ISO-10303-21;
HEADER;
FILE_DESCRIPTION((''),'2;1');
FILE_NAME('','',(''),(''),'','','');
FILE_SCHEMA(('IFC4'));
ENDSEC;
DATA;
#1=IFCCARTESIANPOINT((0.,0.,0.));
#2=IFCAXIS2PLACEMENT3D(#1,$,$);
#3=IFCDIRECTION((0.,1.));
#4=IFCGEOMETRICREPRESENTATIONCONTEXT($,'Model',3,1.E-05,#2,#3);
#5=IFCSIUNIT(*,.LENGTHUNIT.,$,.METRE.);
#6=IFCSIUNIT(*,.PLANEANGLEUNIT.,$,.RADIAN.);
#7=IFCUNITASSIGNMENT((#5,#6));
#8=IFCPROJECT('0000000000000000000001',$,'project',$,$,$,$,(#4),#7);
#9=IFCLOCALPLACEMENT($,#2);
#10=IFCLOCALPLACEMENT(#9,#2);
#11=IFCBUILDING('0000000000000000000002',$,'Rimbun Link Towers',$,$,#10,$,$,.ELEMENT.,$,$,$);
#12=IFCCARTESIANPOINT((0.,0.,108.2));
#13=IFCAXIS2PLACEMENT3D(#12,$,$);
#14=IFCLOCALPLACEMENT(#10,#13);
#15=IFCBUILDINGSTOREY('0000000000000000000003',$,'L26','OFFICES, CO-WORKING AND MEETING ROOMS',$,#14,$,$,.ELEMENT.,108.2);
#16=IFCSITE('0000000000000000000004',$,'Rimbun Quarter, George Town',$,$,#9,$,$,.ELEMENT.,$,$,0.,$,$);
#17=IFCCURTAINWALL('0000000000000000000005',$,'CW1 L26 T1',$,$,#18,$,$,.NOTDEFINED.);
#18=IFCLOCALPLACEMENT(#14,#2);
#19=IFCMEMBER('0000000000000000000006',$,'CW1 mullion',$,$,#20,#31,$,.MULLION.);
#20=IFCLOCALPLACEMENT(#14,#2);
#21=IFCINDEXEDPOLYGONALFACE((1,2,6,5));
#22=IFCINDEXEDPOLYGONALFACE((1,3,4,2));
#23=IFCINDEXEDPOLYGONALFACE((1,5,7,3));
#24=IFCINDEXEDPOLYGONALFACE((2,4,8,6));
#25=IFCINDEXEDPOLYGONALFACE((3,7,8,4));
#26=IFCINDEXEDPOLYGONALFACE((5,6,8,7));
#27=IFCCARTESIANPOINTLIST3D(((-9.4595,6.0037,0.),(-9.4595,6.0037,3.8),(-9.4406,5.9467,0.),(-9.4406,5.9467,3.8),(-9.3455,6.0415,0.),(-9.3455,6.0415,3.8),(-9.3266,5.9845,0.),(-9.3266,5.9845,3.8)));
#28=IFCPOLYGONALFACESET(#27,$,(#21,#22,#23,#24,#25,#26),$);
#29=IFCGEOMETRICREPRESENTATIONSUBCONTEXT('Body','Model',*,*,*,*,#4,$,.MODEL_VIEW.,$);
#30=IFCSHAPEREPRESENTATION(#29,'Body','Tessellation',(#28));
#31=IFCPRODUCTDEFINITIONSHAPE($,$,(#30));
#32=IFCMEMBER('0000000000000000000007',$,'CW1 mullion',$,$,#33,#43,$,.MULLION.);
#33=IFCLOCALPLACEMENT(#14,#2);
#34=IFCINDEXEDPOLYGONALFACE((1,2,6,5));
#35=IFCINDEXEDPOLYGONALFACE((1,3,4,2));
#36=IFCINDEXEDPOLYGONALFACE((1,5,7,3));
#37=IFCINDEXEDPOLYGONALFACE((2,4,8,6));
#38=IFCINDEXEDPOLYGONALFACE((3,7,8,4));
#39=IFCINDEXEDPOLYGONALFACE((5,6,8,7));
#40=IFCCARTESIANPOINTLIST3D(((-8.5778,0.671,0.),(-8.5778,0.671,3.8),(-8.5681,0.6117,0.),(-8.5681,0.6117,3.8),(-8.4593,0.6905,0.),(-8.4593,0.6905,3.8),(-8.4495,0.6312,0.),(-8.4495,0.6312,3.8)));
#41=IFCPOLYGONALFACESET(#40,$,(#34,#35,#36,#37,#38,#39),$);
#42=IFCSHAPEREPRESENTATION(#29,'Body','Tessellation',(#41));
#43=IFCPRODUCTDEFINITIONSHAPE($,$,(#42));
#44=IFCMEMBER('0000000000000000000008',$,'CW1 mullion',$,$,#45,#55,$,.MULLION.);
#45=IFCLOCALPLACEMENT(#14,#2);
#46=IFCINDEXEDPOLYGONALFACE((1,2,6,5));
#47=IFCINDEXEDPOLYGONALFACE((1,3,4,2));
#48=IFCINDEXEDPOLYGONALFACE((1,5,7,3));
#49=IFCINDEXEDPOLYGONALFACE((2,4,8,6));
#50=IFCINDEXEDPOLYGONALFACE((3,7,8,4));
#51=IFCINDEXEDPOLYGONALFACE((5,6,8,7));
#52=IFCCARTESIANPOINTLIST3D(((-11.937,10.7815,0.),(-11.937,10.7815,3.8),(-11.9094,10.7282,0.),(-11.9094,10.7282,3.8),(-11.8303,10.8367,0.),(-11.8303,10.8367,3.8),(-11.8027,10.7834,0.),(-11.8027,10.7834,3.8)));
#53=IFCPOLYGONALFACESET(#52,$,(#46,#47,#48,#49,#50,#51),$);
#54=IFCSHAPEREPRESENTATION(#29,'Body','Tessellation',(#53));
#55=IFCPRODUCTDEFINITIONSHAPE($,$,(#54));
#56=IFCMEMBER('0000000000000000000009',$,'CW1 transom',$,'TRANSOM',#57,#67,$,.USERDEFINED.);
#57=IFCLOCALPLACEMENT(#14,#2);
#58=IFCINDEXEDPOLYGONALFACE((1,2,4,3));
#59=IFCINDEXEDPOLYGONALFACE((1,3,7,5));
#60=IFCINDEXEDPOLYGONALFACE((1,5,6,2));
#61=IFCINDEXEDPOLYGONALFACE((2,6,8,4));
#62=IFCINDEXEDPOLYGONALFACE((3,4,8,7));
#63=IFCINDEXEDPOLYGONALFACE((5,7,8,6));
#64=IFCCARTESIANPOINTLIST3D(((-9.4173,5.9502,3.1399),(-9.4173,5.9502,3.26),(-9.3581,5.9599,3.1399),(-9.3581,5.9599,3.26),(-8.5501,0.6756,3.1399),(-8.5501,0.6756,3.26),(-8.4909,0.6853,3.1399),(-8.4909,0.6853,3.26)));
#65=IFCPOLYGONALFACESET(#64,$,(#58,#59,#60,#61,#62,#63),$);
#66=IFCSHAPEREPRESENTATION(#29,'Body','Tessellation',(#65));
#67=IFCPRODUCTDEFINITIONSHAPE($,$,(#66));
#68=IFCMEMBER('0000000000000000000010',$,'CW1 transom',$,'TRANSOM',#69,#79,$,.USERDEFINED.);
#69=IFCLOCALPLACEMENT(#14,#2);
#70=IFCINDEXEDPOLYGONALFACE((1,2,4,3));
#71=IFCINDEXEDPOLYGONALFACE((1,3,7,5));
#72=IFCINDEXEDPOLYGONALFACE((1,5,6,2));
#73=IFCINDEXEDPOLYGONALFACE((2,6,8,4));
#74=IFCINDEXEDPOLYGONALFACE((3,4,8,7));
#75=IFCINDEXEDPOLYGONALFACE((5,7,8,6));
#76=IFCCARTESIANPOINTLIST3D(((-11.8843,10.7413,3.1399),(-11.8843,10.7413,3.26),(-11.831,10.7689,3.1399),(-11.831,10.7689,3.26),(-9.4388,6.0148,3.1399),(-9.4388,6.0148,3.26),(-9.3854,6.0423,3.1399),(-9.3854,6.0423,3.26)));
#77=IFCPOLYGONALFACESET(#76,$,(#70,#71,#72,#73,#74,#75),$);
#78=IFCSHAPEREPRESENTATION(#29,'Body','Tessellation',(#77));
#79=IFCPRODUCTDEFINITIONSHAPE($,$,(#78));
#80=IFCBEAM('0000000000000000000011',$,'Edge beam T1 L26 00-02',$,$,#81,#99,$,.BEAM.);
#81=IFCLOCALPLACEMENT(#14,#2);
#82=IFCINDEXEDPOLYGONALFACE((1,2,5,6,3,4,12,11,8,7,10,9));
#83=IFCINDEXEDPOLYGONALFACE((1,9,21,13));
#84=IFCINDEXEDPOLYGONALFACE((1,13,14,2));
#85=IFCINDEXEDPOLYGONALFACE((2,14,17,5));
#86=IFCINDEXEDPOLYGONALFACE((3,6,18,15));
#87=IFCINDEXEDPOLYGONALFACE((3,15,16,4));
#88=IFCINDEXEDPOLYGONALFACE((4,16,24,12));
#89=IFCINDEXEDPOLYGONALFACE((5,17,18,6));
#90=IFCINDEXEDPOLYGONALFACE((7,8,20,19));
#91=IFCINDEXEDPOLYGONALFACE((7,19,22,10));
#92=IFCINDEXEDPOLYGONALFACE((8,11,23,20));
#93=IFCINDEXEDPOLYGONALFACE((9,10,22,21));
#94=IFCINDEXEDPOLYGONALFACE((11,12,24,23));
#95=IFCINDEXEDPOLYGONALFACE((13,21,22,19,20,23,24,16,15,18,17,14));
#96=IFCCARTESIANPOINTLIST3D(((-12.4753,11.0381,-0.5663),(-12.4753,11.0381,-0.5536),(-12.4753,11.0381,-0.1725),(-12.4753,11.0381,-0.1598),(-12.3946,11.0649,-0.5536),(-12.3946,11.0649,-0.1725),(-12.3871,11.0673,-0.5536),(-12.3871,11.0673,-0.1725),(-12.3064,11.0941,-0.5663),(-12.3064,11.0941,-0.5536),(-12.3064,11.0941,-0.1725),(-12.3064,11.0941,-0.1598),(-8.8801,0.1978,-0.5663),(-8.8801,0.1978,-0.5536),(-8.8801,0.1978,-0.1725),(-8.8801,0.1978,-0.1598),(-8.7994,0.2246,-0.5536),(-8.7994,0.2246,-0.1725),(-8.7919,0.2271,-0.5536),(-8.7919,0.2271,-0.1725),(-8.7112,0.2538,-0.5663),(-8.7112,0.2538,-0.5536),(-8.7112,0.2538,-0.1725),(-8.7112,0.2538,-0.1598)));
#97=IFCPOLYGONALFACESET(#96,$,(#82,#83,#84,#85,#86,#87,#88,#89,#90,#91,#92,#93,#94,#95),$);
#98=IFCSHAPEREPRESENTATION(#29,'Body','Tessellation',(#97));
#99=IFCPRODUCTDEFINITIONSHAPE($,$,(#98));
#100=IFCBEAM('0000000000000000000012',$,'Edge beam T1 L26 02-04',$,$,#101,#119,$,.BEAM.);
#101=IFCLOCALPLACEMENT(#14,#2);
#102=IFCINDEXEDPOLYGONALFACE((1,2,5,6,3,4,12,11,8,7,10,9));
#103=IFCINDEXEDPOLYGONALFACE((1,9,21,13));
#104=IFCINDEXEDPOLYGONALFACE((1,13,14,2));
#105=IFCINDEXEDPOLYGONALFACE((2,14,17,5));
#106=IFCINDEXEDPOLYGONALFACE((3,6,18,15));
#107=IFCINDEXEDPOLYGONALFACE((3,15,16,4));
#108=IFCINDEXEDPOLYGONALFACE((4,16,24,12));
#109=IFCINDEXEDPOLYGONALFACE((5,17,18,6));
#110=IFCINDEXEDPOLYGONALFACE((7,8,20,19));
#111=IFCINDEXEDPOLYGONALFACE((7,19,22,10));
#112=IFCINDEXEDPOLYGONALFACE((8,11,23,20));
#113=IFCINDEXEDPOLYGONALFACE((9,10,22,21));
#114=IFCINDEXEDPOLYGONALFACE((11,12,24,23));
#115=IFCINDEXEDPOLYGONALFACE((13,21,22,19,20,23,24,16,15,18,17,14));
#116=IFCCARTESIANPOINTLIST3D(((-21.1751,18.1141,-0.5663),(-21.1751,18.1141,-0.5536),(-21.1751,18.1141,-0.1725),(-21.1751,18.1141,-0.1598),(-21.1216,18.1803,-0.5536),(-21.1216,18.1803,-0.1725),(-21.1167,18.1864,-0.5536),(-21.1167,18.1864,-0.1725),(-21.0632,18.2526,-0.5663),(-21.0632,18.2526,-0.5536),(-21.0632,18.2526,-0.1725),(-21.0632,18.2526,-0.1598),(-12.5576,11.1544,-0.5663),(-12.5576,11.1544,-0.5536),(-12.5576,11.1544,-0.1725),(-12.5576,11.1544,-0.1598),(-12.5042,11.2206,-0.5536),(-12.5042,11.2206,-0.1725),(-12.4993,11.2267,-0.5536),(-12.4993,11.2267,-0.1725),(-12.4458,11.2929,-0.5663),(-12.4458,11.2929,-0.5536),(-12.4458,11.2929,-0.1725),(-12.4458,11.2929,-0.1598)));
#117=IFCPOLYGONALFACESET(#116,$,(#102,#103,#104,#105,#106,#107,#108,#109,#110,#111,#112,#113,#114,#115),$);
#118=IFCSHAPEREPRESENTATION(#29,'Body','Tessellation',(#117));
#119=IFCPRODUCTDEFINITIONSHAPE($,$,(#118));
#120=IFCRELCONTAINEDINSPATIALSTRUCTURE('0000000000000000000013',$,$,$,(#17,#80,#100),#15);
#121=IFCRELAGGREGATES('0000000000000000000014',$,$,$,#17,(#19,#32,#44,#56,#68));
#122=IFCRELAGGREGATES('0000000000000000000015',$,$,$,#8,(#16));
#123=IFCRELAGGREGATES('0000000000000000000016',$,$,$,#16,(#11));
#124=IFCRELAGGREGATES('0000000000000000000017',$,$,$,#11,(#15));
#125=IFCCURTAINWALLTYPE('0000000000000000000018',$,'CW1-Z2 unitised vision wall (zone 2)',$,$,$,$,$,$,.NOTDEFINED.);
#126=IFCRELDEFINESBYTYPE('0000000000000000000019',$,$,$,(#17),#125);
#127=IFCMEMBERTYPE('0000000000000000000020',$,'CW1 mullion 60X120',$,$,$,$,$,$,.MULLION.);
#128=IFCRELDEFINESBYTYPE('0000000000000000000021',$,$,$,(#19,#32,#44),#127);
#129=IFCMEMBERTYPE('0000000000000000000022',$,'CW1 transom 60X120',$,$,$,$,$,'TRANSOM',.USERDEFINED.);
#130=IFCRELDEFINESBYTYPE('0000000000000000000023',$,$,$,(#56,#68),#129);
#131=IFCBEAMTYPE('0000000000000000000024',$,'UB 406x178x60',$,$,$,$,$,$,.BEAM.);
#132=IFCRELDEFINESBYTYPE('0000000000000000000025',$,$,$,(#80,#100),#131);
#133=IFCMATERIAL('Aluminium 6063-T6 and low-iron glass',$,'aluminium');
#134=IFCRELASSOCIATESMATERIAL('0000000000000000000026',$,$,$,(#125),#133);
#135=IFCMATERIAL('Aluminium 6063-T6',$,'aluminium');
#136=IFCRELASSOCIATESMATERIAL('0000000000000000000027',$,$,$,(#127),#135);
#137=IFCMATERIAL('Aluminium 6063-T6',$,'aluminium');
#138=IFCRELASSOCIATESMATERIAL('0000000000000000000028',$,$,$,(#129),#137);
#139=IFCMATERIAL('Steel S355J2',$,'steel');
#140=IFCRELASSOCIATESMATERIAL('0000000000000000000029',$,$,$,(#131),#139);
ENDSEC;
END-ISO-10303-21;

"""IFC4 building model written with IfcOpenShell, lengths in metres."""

from ifc_helpers import new_model, si_unit, direction, frame, origin, origin_2d, place, context, subcontext, project, spatial, rectangle, i_section, extrude, material, material_profile, profile_set, type_object, element, aggregate, save


model = new_model("IFC4")

# Units and contexts
model_context = context("Model", 3, precision=1e-05, world=origin(), true_north=direction((0.0, 1.0)))
body_context = subcontext(model_context, "Body", "Model", "MODEL_VIEW")
ifc_project = project(units=[si_unit("LENGTHUNIT", "METRE"), si_unit("PLANEANGLEUNIT", "RADIAN")], contexts=[model_context])

# Site, building, storey
site_placement = place(None, origin())
site = spatial("IfcSite", under=ifc_project, at=site_placement, Name="Rimbun Quarter, George Town", CompositionType="ELEMENT", RefElevation=0.0)
building_placement = place(site_placement, origin())
building = spatial("IfcBuilding", under=site, at=building_placement, Name="Rimbun Link Towers", CompositionType="ELEMENT")
storey_placement = place(building_placement, frame((0.0, 0.0, 108.2)))
storey = spatial("IfcBuildingStorey", under=building, at=storey_placement, Name="L26", Description="OFFICES, CO-WORKING AND MEETING ROOMS", CompositionType="ELEMENT", Elevation=108.2)

# Curtain wall, members
ifc_material_1 = material(Name="Aluminium 6063-T6 and low-iron glass", Category="aluminium")
curtain_wall_type = type_object("IfcCurtainWallType", Name="CW1-Z2 unitised vision wall (zone 2)", PredefinedType="NOTDEFINED", material=ifc_material_1)
curtain_wall_placement = place(storey_placement, origin())
curtain_wall = element("IfcCurtainWall", 1, at=curtain_wall_placement, inside=storey, type_object=curtain_wall_type, Name="CW1 L26 T1", PredefinedType="NOTDEFINED")
ifc_material_2 = material(Name="Aluminium 6063-T6", Category="aluminium")
ifc_material_profile_1 = material_profile(ifc_material_2, rectangle(XDim=0.1201, YDim=0.0601, at=origin_2d()), Name="MULLION 60X120")
ifc_profile_set_1 = profile_set([ifc_material_profile_1], Name="Aluminium 6063-T6")
member_type_1 = type_object("IfcMemberType", Name="CW1 mullion 60X120", PredefinedType="MULLION", material=ifc_profile_set_1)
member_1_placement = place(storey_placement, frame((-9.3931, 5.9941, 0.0), z_axis=(0.0, 0.0, 1.0), x_axis=(0.949163, 0.314786, 0.0)))
member_1 = element("IfcMember", 2, at=member_1_placement, type_object=member_type_1, Name="CW1 mullion", PredefinedType="MULLION", context=body_context, shape_type="SweptSolid", body=[
    extrude(rectangle(XDim=0.1201, YDim=0.0601, at=origin_2d()), origin(), (0.0, 0.0, 1.0), 3.8),
])
member_2_placement = place(storey_placement, frame((-8.5137, 0.6511, 0.0), z_axis=(0.0, 0.0, 1.0), x_axis=(0.98675, 0.162248, 0.0)))
member_2 = element("IfcMember", 3, at=member_2_placement, type_object=member_type_1, Name="CW1 mullion", PredefinedType="MULLION", context=body_context, shape_type="SweptSolid", body=[
    extrude(rectangle(XDim=0.1201, YDim=0.0601, at=origin_2d()), origin(), (0.0, 0.0, 1.0), 3.8),
])
member_3_placement = place(storey_placement, frame((-11.8699, 10.7825, 0.0), z_axis=(0.0, 0.0, 1.0), x_axis=(0.888149, 0.459555, 0.0)))
member_3 = element("IfcMember", 4, at=member_3_placement, type_object=member_type_1, Name="CW1 mullion", PredefinedType="MULLION", context=body_context, shape_type="SweptSolid", body=[
    extrude(rectangle(XDim=0.1201, YDim=0.0601, at=origin_2d()), origin(), (0.0, 0.0, 1.0), 3.8),
])
ifc_material_3 = material(Name="Aluminium 6063-T6", Category="aluminium")
ifc_material_profile_2 = material_profile(ifc_material_3, rectangle(XDim=0.0601, YDim=0.1201, at=origin_2d()), Name="TRANSOM 60X120")
ifc_profile_set_2 = profile_set([ifc_material_profile_2], Name="Aluminium 6063-T6")
member_type_2 = type_object("IfcMemberType", Name="CW1 transom 60X120", ElementType="TRANSOM", PredefinedType="USERDEFINED", material=ifc_profile_set_2)
member_4_placement = place(storey_placement, frame((-9.3877, 5.9551, 3.2), z_axis=(0.162229, -0.986753, 0.0), x_axis=(0.986753, 0.162229, 0.0)))
member_4 = element("IfcMember", 5, at=member_4_placement, type_object=member_type_2, Name="CW1 transom", ObjectType="TRANSOM", PredefinedType="USERDEFINED", context=body_context, shape_type="SweptSolid", body=[
    extrude(rectangle(XDim=0.0601, YDim=0.1201, at=origin_2d()), origin(), (0.0, 0.0, 1.0), 5.3455),
])
member_5_placement = place(storey_placement, frame((-11.8577, 10.7551, 3.2), z_axis=(0.459539, -0.888158, 0.0), x_axis=(0.888158, 0.459539, 0.0)))
member_5 = element("IfcMember", 6, at=member_5_placement, type_object=member_type_2, Name="CW1 transom", ObjectType="TRANSOM", PredefinedType="USERDEFINED", context=body_context, shape_type="SweptSolid", body=[
    extrude(rectangle(XDim=0.0601, YDim=0.1201, at=origin_2d()), origin(), (0.0, 0.0, 1.0), 5.3218),
])

# Beams
ifc_material_4 = material(Name="Steel S355J2", Category="steel")
ifc_material_profile_3 = material_profile(ifc_material_4, i_section(OverallWidth=0.178, OverallDepth=0.4065, WebThickness=0.0078, FlangeThickness=0.0127, at=origin_2d()), Name="UB 406x178x60")
ifc_profile_set_3 = profile_set([ifc_material_profile_3], Name="Steel S355J2")
beam_type = type_object("IfcBeamType", Name="UB 406x178x60", PredefinedType="BEAM", material=ifc_profile_set_3)
beam_1_placement = place(storey_placement, frame((-8.7957, 0.2258, -0.363), z_axis=(-0.314791, 0.949161, 0.0), x_axis=(-0.949161, -0.314791, 0.0)))
element("IfcBeam", 7, at=beam_1_placement, inside=storey, type_object=beam_type, Name="Edge beam T1 L26 00-02", PredefinedType="BEAM", context=body_context, shape_type="SweptSolid", body=[
    extrude(i_section(OverallWidth=0.178, OverallDepth=0.4065, WebThickness=0.0078, FlangeThickness=0.0127, at=origin_2d()), origin(), (0.0, 0.0, 1.0), 11.4209),
])
beam_2_placement = place(storey_placement, frame((-12.5017, 11.2236, -0.363), z_axis=(-0.777964, 0.628309, 0.0), x_axis=(-0.628309, -0.777964, 0.0)))
element("IfcBeam", 8, at=beam_2_placement, inside=storey, type_object=beam_type, Name="Edge beam T1 L26 02-04", PredefinedType="BEAM", context=body_context, shape_type="SweptSolid", body=[
    extrude(i_section(OverallWidth=0.178, OverallDepth=0.4065, WebThickness=0.0078, FlangeThickness=0.0127, at=origin_2d()), origin(), (0.0, 0.0, 1.0), 11.0769),
])

aggregate(curtain_wall, [member_1, member_2, member_3, member_4, member_5])

save(model, "model.ifc")
